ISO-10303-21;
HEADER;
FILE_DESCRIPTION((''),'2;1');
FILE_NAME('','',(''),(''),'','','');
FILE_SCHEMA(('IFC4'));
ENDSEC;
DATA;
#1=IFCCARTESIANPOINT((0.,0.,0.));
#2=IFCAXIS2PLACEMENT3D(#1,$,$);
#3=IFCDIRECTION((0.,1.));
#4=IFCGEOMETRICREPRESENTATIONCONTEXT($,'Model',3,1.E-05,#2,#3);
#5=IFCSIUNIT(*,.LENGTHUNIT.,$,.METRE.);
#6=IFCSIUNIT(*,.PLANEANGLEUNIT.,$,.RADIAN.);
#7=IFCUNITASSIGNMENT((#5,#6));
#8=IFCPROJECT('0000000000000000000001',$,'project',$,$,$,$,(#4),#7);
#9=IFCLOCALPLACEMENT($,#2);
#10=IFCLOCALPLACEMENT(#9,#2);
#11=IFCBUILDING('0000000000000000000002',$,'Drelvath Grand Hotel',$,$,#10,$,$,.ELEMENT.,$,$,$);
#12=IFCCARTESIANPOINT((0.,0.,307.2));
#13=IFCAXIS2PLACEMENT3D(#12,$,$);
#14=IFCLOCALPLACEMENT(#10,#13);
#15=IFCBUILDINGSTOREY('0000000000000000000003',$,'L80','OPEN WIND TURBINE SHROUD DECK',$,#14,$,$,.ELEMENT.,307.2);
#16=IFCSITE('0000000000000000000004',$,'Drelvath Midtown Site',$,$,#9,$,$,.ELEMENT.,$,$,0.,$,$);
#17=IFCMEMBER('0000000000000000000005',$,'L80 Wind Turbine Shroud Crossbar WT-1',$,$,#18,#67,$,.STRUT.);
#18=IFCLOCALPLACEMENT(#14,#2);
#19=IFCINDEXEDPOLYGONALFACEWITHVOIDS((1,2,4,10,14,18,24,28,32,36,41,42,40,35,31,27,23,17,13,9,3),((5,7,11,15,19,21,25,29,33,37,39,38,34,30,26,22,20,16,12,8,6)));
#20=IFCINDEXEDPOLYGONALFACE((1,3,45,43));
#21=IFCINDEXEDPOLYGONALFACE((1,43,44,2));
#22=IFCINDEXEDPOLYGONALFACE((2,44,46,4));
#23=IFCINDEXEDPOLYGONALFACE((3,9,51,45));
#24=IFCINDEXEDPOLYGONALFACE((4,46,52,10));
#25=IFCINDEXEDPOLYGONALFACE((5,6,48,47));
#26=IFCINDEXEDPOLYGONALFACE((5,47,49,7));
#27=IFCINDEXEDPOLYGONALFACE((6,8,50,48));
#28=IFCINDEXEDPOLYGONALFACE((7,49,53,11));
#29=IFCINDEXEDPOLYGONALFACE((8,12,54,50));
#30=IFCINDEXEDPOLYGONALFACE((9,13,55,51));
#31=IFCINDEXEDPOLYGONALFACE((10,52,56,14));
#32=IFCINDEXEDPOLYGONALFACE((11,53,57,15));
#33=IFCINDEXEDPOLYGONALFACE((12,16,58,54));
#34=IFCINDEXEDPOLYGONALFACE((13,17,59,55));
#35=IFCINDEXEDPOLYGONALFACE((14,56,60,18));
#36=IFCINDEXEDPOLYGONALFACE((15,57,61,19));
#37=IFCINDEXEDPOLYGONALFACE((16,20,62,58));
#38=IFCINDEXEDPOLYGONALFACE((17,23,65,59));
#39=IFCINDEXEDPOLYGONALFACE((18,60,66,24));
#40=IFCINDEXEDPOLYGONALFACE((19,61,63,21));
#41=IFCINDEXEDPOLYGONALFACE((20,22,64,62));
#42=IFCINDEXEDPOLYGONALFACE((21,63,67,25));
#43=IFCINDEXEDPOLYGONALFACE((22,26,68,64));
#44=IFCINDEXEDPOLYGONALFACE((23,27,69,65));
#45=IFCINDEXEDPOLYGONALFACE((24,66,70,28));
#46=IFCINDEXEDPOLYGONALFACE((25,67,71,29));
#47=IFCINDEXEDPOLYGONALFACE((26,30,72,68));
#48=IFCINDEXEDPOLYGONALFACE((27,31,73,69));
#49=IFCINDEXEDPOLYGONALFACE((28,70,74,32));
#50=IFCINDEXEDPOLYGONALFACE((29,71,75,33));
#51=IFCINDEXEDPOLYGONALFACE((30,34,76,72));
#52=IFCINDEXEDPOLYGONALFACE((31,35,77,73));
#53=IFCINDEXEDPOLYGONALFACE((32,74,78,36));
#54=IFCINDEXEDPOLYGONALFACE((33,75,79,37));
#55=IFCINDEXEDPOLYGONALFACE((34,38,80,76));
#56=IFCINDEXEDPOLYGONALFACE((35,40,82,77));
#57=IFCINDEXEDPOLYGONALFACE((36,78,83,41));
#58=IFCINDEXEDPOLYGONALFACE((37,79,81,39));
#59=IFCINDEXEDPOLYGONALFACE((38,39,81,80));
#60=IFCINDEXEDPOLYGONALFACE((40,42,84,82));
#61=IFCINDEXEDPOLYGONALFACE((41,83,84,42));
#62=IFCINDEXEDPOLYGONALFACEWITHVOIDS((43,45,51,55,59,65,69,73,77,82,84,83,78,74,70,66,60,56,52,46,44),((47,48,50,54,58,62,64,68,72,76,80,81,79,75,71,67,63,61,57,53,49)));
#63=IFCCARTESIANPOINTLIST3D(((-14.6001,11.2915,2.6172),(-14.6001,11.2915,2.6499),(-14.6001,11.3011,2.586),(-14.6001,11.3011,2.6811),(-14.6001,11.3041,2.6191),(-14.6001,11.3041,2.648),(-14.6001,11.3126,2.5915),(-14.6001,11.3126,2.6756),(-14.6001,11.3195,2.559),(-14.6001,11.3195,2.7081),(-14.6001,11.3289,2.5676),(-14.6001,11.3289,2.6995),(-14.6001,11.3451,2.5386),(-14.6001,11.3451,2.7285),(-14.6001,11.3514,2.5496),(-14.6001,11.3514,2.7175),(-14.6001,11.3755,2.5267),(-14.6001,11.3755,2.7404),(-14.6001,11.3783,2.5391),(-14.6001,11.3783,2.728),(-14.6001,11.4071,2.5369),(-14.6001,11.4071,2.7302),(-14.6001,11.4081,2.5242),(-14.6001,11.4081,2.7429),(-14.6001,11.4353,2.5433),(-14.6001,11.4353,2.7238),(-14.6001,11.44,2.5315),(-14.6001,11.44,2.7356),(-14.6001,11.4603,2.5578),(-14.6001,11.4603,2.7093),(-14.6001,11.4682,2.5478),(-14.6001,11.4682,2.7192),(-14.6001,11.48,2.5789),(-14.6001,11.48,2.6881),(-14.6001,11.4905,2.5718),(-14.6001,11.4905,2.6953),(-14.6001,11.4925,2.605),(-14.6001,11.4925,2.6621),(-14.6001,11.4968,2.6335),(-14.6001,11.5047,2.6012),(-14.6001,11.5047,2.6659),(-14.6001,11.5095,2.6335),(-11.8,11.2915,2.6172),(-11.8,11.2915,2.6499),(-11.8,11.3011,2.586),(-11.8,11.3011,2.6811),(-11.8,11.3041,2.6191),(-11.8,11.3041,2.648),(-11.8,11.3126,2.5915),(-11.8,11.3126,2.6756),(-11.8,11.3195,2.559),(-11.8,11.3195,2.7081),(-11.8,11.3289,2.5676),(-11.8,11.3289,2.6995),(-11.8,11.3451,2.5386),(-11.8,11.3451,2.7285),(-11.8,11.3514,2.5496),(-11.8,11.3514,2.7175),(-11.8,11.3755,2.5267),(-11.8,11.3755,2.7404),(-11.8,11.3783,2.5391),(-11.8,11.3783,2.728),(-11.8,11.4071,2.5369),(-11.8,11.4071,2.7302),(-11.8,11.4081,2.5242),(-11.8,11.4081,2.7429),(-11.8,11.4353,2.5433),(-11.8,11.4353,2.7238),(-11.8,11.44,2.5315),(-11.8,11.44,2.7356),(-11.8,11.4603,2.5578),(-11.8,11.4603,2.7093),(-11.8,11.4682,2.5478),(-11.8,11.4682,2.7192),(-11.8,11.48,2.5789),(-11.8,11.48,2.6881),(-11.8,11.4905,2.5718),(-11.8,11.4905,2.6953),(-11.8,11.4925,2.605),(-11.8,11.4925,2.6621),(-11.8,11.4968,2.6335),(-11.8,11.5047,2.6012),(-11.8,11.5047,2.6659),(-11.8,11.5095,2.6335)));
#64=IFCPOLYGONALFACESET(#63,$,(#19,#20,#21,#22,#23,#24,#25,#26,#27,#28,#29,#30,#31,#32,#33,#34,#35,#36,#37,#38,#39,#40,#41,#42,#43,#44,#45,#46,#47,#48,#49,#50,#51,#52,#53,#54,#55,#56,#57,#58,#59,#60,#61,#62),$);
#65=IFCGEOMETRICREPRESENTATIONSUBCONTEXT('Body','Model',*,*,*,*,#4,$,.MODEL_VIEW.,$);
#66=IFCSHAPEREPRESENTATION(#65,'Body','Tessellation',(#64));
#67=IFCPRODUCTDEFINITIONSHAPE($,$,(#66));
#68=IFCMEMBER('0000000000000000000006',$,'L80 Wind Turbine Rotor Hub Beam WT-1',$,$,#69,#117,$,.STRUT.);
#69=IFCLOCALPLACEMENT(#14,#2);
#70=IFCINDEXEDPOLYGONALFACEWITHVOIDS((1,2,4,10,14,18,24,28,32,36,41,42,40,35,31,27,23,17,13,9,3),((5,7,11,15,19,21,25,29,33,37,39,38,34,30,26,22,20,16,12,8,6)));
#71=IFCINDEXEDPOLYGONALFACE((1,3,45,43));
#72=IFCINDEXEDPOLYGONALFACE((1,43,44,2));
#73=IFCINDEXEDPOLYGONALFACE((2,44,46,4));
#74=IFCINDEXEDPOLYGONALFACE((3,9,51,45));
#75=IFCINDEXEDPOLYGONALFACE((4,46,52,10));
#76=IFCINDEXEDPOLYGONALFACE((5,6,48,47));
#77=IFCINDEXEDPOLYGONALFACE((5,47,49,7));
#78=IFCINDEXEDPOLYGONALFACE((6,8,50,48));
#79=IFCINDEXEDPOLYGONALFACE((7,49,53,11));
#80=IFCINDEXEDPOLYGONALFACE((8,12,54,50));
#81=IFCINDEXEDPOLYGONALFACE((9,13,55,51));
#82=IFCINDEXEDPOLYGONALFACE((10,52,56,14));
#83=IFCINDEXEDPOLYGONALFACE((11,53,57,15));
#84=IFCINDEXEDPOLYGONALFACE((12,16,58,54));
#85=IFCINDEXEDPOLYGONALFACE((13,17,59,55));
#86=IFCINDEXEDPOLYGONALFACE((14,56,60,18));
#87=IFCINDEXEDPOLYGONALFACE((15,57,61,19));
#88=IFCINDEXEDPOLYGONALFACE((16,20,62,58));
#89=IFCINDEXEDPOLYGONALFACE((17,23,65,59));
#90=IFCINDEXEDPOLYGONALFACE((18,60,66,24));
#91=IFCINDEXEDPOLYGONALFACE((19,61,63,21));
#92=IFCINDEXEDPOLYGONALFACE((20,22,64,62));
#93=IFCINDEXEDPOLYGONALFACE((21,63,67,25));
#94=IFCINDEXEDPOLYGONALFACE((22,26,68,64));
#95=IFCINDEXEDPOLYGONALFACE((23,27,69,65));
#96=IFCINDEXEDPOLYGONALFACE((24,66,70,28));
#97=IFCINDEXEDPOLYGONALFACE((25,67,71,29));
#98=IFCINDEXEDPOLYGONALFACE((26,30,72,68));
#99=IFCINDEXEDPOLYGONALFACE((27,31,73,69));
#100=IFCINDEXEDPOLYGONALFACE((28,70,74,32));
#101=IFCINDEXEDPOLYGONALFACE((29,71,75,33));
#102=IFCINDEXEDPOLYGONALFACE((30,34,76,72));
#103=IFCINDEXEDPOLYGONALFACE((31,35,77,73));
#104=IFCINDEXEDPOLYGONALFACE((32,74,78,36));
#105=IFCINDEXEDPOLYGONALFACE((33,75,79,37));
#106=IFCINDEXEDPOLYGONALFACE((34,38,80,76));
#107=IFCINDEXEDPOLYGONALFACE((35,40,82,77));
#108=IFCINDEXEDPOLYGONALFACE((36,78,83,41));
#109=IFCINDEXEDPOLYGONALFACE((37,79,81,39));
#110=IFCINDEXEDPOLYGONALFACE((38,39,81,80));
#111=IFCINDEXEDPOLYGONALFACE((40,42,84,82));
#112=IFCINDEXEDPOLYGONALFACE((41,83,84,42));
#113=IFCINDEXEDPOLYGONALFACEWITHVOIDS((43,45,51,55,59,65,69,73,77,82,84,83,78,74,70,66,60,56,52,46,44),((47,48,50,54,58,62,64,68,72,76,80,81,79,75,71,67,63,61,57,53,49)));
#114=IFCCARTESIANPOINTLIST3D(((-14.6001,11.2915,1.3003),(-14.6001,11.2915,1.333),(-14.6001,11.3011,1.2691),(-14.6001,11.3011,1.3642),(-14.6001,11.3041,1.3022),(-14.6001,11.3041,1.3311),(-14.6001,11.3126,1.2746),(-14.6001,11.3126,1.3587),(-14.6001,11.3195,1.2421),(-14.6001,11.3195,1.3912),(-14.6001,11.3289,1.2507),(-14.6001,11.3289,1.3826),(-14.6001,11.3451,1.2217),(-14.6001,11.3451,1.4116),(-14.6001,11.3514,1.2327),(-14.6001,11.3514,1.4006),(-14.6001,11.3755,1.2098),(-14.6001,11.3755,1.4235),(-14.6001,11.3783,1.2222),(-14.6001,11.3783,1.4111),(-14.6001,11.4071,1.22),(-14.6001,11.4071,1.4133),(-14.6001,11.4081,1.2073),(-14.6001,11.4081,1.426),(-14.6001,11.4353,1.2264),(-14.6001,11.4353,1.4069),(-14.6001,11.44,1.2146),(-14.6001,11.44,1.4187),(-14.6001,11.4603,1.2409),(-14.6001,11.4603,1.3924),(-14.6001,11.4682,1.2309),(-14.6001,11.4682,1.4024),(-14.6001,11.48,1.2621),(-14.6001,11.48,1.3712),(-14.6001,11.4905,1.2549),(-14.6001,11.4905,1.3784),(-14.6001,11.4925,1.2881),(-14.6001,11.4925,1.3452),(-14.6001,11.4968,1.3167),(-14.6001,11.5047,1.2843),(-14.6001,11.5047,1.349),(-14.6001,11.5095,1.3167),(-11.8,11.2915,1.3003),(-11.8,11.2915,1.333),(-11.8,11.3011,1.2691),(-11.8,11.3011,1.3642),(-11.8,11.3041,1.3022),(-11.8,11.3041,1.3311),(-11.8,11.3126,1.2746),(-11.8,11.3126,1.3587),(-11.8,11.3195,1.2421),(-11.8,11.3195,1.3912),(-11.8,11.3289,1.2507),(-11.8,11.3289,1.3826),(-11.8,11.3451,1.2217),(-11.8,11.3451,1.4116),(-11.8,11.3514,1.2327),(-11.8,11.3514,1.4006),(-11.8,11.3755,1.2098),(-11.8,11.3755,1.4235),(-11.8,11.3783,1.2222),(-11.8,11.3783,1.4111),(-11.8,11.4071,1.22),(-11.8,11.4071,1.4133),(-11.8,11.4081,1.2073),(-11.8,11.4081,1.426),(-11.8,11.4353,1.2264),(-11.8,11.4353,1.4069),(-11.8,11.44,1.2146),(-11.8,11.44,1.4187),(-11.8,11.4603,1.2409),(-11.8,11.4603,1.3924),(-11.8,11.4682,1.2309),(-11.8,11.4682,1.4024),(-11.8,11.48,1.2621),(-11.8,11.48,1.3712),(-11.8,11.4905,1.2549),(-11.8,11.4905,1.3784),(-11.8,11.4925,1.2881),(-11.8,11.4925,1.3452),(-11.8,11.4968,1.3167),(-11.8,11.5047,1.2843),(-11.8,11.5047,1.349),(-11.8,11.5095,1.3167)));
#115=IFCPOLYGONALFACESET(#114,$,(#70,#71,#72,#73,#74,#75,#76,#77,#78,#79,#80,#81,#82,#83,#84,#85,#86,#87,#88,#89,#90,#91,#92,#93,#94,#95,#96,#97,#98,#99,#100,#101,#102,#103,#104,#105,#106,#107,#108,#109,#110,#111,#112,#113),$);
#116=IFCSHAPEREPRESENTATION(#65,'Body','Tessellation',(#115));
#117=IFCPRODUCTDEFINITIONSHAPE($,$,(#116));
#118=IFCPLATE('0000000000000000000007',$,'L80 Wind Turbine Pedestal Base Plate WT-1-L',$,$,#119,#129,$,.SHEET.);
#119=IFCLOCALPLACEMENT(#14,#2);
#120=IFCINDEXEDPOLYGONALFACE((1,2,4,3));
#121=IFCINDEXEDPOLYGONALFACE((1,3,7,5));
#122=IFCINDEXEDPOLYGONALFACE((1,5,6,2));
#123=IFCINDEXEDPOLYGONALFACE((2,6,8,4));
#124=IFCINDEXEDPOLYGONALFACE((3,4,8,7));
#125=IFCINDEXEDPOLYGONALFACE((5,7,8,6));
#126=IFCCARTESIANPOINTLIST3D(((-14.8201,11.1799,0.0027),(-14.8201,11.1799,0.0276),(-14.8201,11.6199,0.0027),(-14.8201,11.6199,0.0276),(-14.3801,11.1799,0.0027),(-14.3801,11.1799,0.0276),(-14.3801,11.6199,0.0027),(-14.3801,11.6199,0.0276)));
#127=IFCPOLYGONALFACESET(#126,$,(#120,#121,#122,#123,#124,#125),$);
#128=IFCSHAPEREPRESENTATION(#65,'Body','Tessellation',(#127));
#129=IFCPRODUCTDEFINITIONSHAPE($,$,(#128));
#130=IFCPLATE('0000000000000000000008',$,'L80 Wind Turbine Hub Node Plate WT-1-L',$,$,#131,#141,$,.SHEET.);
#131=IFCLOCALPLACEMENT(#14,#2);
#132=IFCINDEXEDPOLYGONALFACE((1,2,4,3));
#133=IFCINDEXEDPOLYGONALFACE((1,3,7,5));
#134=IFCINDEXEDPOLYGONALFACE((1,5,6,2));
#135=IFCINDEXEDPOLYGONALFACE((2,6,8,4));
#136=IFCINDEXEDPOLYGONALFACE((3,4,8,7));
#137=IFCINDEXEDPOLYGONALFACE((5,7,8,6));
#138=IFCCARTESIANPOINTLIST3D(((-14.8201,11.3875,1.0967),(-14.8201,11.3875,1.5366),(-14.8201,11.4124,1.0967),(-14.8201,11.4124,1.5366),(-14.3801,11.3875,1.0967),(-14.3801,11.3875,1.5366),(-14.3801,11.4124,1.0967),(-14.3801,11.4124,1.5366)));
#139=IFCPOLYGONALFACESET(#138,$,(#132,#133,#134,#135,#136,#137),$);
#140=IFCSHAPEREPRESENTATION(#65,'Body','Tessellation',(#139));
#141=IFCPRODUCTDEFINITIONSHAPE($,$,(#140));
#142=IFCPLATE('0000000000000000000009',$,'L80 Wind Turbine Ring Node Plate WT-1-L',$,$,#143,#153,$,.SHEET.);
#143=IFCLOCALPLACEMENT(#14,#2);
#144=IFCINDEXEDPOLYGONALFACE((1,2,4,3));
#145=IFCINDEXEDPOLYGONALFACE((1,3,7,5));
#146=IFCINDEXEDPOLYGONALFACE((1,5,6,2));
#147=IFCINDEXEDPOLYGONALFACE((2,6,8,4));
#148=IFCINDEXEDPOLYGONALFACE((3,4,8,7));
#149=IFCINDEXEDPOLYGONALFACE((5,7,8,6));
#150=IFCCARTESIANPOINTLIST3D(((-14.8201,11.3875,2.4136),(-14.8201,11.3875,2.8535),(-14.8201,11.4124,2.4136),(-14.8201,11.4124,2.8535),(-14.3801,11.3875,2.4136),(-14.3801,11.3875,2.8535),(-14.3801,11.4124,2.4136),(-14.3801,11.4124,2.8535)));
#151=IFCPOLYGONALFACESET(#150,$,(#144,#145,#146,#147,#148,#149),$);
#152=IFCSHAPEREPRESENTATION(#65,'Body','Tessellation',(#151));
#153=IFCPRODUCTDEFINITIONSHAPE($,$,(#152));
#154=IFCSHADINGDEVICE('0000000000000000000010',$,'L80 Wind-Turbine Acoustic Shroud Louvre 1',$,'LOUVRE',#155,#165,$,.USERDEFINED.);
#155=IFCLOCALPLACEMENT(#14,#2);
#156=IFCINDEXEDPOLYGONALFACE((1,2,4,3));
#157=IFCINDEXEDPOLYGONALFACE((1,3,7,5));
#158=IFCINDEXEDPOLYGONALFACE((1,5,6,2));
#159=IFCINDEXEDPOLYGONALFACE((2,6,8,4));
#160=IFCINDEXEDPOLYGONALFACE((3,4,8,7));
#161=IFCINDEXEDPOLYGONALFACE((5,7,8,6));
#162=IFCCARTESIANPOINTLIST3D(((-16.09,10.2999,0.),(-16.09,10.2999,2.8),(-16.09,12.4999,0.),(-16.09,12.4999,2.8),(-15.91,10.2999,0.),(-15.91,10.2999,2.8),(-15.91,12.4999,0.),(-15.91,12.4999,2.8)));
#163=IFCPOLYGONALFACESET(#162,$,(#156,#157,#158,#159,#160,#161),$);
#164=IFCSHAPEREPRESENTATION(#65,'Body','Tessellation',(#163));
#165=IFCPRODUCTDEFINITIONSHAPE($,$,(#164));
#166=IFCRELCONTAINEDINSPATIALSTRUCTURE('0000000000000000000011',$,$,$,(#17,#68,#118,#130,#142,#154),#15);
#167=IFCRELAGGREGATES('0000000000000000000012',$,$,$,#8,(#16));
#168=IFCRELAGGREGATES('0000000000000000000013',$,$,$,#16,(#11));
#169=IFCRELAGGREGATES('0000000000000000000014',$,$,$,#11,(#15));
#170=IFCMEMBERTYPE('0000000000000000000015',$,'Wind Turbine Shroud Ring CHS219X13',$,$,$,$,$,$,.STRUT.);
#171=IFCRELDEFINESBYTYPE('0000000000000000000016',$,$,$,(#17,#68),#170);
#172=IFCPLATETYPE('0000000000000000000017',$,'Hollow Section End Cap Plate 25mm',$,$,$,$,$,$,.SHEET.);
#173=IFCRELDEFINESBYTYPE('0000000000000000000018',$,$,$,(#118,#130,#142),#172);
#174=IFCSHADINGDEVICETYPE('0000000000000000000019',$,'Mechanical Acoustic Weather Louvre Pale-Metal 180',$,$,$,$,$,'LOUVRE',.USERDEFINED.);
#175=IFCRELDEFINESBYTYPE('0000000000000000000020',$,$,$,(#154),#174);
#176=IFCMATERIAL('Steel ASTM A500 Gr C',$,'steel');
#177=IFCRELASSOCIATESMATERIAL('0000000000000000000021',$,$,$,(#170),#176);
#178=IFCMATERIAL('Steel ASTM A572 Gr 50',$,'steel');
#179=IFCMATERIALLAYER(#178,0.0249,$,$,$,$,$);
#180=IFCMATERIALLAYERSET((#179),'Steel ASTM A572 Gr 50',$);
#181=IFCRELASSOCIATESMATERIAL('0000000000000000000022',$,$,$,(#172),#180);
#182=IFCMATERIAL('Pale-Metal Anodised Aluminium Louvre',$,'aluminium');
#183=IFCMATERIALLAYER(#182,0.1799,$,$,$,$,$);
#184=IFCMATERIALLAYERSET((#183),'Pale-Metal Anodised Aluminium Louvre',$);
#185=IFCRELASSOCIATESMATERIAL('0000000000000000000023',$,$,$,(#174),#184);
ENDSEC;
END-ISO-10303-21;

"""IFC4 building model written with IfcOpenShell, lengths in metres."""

from ifc_helpers import new_model, si_unit, direction, frame, origin, origin_2d, place, context, subcontext, project, spatial, rectangle, hollow_circle, extrude, material, layer, layer_set, material_profile, profile_set, type_object, element, save


model = new_model("IFC4")

# Units and contexts
model_context = context("Model", 3, precision=1e-05, world=origin(), true_north=direction((0.0, 1.0)))
body_context = subcontext(model_context, "Body", "Model", "MODEL_VIEW")
ifc_project = project(units=[si_unit("LENGTHUNIT", "METRE"), si_unit("PLANEANGLEUNIT", "RADIAN")], contexts=[model_context])

# Site, building, storey
site_placement = place(None, origin())
site = spatial("IfcSite", under=ifc_project, at=site_placement, Name="Drelvath Midtown Site", CompositionType="ELEMENT", RefElevation=0.0)
building_placement = place(site_placement, origin())
building = spatial("IfcBuilding", under=site, at=building_placement, Name="Drelvath Grand Hotel", CompositionType="ELEMENT")
storey_placement = place(building_placement, frame((0.0, 0.0, 307.2)))
storey = spatial("IfcBuildingStorey", under=building, at=storey_placement, Name="L80", Description="OPEN WIND TURBINE SHROUD DECK", CompositionType="ELEMENT", Elevation=307.2)

# Shared definitions
ifc_material_1 = material(Name="Steel ASTM A572 Gr 50", Category="steel")

# Members
ifc_material_2 = material(Name="Steel ASTM A500 Gr C", Category="steel")
ifc_material_profile_1 = material_profile(ifc_material_2, hollow_circle(Radius=0.1096, WallThickness=0.0127, at=origin_2d()), Name="CHS219X13")
ifc_profile_set_1 = profile_set([ifc_material_profile_1], Name="Steel ASTM A500 Gr C")
member_type_1 = type_object("IfcMemberType", Name="Wind Turbine Shroud Ring CHS219X13", PredefinedType="STRUT", material=ifc_profile_set_1)
for number, where, z_axis, x_axis, name in (
    (1, (-14.6001, 11.3999, 2.6335), (1.0, 0.0, 0.0), (0.0, 1.0, 0.0), "L80 Wind Turbine Shroud Crossbar WT-1"),
    (2, (-14.6001, 11.3999, 1.3167), (1.0, 0.0, 0.0), (0.0, 1.0, 0.0), "L80 Wind Turbine Rotor Hub Beam WT-1"),
):
    element("IfcMember", number, at=place(storey_placement, frame(where, z_axis=z_axis, x_axis=x_axis)), inside=storey, type_object=member_type_1, Name=name, PredefinedType="STRUT", context=body_context, shape_type="SweptSolid", body=[
        extrude(hollow_circle(Radius=0.1096, WallThickness=0.0127, at=origin_2d()), origin(), (0.0, 0.0, 1.0), 2.8),
    ])

# Plates
ifc_layer_1 = layer(ifc_material_1, 0.0249)
ifc_layer_set_1 = layer_set([ifc_layer_1], Name="Steel ASTM A572 Gr 50")
plate_type = type_object("IfcPlateType", Name="Hollow Section End Cap Plate 25mm", PredefinedType="SHEET", material=ifc_layer_set_1)
plate_placement = place(storey_placement, frame((-14.6001, 11.3999, 0.0027), z_axis=(0.0, 0.0, 1.0), x_axis=(1.0, 0.0, 0.0)))
element("IfcPlate", 3, at=plate_placement, inside=storey, type_object=plate_type, Name="L80 Wind Turbine Pedestal Base Plate WT-1-L", PredefinedType="SHEET", context=body_context, shape_type="SweptSolid", body=[
    extrude(rectangle(XDim=0.4399, YDim=0.4399, at=origin_2d()), origin(), (0.0, 0.0, 1.0), 0.0249),
])
for number, where, z_axis, x_axis, name in (
    (4, (-14.6001, 11.3999, 1.0967), (0.0, 0.0, 1.0), (1.0, 0.0, 0.0), "L80 Wind Turbine Hub Node Plate WT-1-L"),
    (5, (-14.6001, 11.3999, 2.4136), (0.0, 0.0, 1.0), (1.0, 0.0, 0.0), "L80 Wind Turbine Ring Node Plate WT-1-L"),
):
    element("IfcPlate", number, at=place(storey_placement, frame(where, z_axis=z_axis, x_axis=x_axis)), inside=storey, type_object=plate_type, Name=name, PredefinedType="SHEET", context=body_context, shape_type="SweptSolid", body=[
        extrude(rectangle(XDim=0.4399, YDim=0.0249, at=origin_2d()), origin(), (0.0, 0.0, 1.0), 0.4399),
    ])

# Shading device
ifc_material_3 = material(Name="Pale-Metal Anodised Aluminium Louvre", Category="aluminium")
ifc_layer_2 = layer(ifc_material_3, 0.1799)
ifc_layer_set_2 = layer_set([ifc_layer_2], Name="Pale-Metal Anodised Aluminium Louvre")
shading_device_type = type_object("IfcShadingDeviceType", Name="Mechanical Acoustic Weather Louvre Pale-Metal 180", ElementType="LOUVRE", PredefinedType="USERDEFINED", material=ifc_layer_set_2)
shading_device_placement = place(storey_placement, frame((-16.0, 11.3999, 0.0), z_axis=(0.0, 0.0, 1.0), x_axis=(1.0, 0.0, 0.0)))
element("IfcShadingDevice", 6, at=shading_device_placement, inside=storey, type_object=shading_device_type, Name="L80 Wind-Turbine Acoustic Shroud Louvre 1", ObjectType="LOUVRE", PredefinedType="USERDEFINED", context=body_context, shape_type="SweptSolid", body=[
    extrude(rectangle(XDim=0.1799, YDim=2.2, at=origin_2d()), origin(), (0.0, 0.0, 1.0), 2.8),
])

save(model, "model.ifc")
